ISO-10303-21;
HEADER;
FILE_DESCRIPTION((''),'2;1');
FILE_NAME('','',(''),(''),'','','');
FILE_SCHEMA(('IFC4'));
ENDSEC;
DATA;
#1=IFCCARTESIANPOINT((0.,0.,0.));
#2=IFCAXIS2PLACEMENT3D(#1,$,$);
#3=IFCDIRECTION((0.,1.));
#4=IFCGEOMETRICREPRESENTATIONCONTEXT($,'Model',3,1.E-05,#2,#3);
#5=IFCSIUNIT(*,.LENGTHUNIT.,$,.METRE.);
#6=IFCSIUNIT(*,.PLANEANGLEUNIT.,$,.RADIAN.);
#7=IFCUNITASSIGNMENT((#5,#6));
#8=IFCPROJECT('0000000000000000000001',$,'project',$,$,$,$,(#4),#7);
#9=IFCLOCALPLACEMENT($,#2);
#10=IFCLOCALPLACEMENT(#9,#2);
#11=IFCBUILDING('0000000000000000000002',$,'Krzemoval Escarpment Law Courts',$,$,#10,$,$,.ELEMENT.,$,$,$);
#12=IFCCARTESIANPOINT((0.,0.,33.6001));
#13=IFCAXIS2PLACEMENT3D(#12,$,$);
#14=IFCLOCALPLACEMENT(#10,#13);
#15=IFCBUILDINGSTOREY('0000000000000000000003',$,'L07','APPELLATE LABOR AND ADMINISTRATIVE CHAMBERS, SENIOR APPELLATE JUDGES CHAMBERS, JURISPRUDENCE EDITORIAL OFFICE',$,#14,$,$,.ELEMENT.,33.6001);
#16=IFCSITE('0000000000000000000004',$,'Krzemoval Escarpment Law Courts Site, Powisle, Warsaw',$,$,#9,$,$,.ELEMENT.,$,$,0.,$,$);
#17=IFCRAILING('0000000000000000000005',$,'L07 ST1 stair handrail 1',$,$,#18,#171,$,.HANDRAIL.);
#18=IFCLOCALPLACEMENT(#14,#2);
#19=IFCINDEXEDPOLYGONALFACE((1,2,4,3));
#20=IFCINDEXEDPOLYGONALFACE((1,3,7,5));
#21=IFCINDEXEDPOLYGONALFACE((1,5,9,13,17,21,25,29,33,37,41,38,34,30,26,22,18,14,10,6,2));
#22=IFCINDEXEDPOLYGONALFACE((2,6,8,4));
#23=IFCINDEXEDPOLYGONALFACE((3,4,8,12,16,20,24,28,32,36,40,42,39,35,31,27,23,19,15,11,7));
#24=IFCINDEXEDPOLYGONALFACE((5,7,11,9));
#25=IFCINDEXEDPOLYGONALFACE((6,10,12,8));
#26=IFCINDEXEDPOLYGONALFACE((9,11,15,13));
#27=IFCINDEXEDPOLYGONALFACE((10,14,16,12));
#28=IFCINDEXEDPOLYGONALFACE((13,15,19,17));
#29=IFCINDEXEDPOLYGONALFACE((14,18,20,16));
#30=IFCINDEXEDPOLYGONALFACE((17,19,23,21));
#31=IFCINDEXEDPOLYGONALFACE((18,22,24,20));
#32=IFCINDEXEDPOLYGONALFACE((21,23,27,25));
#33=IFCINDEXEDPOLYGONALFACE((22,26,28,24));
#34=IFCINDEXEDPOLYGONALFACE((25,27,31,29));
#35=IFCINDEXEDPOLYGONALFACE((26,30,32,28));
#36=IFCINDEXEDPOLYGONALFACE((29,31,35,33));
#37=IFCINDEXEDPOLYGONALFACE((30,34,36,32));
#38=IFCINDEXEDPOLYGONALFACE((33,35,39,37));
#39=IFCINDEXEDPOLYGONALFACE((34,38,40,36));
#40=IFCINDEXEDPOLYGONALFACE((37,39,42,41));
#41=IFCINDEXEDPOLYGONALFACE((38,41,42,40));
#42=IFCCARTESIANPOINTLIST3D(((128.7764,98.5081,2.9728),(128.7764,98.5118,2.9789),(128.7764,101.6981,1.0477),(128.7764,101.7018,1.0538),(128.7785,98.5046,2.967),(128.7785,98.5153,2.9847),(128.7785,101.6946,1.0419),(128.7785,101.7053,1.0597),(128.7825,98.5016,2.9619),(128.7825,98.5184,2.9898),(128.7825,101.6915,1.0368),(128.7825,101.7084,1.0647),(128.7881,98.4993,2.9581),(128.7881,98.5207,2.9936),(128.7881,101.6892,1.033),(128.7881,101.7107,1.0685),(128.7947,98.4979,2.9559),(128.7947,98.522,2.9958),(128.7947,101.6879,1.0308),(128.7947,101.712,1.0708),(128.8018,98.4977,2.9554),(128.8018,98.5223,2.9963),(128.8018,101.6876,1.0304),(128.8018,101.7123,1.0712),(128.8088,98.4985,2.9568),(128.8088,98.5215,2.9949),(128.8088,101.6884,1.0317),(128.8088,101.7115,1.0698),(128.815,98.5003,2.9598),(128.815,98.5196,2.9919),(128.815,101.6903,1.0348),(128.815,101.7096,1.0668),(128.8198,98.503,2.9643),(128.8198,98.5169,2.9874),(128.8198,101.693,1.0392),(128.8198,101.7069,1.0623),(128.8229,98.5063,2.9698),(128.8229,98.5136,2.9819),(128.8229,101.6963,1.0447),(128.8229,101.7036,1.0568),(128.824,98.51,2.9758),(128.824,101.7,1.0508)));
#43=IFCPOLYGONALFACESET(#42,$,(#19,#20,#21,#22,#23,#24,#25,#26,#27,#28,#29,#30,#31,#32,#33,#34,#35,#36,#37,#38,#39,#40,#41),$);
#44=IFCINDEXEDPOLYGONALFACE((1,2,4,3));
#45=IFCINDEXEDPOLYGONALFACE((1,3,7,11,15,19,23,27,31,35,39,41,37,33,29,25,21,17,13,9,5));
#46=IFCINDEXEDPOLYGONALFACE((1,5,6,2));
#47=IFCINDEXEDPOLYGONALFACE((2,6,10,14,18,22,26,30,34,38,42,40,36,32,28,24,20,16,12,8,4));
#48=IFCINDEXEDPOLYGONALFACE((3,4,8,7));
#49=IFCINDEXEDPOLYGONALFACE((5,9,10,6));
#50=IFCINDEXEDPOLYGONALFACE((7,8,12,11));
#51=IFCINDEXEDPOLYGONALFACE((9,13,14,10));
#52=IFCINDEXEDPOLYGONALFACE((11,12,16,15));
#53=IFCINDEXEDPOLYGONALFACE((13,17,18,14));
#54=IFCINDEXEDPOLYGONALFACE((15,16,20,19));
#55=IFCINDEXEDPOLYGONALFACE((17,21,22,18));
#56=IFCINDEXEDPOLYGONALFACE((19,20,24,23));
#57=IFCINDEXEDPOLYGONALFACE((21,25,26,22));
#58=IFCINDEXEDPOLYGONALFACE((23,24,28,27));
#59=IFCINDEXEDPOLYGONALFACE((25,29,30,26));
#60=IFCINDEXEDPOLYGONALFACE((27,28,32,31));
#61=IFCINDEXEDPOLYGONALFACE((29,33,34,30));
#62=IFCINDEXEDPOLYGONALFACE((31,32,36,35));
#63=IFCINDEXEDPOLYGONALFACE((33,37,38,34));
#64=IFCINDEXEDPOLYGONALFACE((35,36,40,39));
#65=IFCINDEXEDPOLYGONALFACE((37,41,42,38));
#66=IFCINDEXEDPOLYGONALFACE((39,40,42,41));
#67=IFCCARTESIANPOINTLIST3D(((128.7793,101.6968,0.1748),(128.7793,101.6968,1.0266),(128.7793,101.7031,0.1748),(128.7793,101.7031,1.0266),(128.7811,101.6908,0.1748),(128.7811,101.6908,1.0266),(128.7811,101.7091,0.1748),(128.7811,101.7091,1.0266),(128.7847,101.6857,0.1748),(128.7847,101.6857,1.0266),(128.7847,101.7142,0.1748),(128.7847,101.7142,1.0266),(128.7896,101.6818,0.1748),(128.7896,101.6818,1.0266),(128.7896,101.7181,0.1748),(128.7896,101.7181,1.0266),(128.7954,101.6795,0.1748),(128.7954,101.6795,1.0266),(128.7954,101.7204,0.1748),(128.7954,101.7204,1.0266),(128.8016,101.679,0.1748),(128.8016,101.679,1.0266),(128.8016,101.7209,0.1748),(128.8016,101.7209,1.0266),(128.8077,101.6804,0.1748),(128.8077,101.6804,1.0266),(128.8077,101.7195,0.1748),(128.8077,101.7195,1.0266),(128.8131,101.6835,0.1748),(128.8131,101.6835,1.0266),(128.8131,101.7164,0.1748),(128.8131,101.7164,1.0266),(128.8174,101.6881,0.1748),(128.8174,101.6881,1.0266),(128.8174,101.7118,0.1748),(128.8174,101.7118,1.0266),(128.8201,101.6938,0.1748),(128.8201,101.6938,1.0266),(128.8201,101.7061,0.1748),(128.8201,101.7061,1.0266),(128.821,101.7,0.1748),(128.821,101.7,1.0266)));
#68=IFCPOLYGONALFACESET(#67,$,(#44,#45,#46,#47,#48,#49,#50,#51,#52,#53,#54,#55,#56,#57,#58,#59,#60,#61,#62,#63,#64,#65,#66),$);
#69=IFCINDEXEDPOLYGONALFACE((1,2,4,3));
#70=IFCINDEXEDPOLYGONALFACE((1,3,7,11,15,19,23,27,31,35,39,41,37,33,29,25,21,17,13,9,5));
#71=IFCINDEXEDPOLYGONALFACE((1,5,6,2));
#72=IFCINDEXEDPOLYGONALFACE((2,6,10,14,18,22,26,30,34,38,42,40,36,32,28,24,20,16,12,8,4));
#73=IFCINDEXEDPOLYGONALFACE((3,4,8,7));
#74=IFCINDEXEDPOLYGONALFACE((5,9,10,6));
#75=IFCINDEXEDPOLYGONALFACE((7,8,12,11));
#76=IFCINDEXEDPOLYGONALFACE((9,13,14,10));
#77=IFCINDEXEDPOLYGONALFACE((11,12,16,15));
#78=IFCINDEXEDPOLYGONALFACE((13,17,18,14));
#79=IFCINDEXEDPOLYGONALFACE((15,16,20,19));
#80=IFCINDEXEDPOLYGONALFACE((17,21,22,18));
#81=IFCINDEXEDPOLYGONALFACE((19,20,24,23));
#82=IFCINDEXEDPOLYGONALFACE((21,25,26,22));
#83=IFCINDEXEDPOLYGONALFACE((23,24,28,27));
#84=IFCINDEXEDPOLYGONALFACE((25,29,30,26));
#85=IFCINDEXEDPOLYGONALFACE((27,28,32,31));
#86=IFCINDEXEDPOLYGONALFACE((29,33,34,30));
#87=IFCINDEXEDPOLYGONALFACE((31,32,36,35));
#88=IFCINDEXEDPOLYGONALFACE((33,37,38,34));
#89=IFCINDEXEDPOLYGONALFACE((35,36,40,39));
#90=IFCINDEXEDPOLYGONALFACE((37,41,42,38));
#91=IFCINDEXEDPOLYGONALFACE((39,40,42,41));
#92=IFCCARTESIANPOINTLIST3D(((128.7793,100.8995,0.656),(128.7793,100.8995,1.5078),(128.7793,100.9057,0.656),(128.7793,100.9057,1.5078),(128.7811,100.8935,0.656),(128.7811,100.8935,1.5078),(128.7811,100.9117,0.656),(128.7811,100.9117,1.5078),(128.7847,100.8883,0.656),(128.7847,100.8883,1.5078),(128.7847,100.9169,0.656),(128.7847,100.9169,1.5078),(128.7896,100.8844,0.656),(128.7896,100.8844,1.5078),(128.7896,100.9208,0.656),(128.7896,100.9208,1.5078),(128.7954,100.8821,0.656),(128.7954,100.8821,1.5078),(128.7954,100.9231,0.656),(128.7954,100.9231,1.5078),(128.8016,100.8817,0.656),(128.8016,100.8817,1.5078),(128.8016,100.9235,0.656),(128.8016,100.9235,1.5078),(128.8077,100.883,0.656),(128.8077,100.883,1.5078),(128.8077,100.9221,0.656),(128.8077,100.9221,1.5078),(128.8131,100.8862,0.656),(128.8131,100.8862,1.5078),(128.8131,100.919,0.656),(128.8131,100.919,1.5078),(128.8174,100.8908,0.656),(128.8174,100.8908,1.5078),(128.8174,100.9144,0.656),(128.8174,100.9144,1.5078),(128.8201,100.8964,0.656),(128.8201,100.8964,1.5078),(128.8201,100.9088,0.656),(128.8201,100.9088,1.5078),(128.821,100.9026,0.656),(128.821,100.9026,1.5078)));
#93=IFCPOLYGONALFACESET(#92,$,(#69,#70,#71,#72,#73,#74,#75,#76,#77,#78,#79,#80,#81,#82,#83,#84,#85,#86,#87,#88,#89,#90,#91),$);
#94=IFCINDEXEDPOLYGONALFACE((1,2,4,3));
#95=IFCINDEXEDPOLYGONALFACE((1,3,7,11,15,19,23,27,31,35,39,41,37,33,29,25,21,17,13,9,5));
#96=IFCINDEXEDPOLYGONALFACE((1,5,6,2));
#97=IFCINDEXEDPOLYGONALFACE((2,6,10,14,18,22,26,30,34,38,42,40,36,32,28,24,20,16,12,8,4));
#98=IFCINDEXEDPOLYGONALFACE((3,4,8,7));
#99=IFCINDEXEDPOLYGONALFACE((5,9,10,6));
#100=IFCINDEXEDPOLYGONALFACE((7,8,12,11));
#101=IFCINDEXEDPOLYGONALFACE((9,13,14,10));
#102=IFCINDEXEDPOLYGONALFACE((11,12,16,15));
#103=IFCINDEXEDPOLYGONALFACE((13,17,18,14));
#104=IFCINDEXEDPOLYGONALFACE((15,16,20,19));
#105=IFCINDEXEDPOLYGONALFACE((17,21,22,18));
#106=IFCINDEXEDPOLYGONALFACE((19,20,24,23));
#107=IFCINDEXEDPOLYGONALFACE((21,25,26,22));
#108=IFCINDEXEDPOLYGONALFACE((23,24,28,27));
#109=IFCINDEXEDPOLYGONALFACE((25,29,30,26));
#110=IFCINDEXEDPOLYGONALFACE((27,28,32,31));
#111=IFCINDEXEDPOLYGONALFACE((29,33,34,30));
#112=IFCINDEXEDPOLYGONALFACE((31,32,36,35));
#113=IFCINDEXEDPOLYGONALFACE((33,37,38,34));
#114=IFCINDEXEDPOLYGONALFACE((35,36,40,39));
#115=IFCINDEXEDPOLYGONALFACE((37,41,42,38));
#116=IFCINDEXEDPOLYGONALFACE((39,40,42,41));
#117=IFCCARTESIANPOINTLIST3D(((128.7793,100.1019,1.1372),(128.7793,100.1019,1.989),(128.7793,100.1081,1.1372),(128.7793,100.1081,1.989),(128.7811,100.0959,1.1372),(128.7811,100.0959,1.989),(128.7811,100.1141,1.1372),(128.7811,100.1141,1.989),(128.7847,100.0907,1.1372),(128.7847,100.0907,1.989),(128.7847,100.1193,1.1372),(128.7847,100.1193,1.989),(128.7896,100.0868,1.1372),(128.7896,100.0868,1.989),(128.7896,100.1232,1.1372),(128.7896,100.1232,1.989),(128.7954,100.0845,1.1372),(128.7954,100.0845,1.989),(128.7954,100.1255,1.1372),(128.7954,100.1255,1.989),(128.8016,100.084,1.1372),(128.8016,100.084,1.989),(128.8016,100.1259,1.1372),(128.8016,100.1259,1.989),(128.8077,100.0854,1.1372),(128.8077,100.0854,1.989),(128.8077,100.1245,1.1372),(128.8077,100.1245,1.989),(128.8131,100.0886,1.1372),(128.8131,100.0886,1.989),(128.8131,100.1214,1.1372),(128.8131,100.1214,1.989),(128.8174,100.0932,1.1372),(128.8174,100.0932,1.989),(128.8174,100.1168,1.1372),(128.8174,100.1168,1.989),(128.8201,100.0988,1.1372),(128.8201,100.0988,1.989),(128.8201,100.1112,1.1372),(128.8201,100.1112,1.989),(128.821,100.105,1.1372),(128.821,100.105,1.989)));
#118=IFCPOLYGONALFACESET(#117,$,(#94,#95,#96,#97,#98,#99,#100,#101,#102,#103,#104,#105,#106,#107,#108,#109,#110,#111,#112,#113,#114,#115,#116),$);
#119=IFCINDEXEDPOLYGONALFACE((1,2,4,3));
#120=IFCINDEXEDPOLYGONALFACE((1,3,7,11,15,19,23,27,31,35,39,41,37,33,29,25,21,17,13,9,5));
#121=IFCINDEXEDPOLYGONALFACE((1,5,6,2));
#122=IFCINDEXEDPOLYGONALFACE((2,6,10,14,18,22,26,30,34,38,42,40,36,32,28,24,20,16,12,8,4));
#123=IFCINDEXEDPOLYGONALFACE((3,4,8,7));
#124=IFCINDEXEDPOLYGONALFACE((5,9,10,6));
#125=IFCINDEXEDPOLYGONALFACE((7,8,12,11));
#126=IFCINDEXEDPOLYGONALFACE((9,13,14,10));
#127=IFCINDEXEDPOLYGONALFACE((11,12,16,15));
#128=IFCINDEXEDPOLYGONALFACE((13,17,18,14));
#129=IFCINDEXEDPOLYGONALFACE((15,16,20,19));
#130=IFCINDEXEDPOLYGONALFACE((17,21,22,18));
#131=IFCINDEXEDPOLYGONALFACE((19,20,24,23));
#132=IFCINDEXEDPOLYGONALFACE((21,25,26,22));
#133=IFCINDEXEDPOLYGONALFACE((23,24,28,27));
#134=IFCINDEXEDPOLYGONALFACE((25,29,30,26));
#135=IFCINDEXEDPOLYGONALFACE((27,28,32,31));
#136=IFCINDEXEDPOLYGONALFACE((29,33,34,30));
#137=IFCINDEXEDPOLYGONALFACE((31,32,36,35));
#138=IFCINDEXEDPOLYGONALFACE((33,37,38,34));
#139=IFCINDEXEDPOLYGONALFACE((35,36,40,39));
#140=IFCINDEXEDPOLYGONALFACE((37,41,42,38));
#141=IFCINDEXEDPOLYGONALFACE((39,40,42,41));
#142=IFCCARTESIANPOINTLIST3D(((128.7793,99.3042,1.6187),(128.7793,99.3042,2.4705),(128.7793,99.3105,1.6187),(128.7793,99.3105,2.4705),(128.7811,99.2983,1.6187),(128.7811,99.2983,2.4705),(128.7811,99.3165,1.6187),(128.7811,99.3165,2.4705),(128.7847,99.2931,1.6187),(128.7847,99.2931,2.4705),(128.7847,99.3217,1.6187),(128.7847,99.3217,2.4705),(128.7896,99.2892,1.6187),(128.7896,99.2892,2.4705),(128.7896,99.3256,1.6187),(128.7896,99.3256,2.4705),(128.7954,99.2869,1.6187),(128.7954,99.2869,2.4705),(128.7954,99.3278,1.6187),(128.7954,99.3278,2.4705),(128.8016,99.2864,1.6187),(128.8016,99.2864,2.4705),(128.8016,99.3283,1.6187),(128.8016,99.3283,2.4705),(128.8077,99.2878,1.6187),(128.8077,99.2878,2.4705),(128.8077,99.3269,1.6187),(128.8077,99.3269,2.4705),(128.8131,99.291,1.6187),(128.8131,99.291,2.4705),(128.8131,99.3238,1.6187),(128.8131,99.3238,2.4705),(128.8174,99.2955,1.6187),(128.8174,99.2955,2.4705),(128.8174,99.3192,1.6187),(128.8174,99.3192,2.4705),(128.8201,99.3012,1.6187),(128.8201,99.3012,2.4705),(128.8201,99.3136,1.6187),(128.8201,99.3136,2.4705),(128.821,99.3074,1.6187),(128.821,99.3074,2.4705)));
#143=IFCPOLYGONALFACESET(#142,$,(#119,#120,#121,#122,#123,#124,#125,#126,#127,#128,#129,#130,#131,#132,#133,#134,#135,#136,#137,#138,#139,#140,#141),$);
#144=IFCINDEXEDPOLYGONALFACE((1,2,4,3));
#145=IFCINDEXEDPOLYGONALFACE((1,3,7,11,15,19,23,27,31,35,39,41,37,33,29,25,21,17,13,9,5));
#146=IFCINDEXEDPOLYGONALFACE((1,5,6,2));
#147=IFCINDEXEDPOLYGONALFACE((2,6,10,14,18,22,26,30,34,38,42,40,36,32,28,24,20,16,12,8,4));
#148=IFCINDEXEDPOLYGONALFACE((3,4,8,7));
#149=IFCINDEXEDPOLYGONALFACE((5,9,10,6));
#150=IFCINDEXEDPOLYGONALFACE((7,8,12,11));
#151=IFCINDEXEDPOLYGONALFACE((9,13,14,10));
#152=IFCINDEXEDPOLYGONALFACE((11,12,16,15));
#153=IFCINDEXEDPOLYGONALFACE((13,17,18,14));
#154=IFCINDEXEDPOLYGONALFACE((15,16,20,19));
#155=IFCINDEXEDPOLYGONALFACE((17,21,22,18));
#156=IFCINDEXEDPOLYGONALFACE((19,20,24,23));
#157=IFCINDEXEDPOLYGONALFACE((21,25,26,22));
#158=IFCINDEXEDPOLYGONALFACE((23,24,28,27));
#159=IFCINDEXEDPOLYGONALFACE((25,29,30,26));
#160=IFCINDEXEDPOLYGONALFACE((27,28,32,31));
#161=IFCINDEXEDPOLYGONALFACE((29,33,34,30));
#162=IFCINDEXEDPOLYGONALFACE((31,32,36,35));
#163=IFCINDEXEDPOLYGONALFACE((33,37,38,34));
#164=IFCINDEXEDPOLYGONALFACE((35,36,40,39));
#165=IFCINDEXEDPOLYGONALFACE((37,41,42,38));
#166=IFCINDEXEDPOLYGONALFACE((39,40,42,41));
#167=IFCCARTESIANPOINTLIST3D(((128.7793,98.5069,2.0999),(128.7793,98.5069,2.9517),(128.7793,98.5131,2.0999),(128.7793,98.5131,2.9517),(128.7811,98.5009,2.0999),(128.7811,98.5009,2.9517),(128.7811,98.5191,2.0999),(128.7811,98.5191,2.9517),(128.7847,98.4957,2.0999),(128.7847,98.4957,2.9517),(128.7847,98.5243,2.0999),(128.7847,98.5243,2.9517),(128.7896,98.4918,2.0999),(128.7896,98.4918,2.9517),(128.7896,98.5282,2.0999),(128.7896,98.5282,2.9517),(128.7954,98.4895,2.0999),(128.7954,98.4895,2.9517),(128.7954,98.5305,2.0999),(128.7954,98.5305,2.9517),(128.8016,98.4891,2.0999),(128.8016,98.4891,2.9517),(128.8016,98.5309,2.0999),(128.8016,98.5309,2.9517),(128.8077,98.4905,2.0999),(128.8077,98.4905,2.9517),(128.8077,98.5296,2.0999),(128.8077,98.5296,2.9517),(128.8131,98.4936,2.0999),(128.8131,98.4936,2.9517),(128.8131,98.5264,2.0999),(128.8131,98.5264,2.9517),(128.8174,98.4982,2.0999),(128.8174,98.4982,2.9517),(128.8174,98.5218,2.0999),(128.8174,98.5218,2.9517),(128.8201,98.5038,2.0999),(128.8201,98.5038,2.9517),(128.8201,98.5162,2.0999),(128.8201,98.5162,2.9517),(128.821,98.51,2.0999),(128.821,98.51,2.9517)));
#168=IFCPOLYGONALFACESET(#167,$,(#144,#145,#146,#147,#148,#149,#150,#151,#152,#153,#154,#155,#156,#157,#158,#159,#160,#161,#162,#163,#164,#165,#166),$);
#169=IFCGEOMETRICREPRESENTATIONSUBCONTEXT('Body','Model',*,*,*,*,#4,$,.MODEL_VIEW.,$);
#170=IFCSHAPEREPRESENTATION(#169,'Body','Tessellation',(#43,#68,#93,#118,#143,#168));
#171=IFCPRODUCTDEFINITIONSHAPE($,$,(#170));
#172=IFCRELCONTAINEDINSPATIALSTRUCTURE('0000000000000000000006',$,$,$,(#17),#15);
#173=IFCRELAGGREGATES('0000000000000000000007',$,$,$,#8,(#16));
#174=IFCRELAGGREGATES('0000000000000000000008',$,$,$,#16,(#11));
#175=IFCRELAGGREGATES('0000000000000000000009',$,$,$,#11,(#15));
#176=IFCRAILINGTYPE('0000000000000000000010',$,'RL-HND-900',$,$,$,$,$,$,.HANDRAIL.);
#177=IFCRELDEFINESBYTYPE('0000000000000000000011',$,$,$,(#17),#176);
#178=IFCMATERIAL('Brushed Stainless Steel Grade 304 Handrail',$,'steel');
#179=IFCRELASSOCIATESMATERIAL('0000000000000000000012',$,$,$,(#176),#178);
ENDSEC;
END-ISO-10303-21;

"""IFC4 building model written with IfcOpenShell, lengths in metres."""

from ifc_helpers import new_model, si_unit, direction, frame, origin, origin_2d, place, context, subcontext, project, spatial, circle, extrude, material, type_object, element, save


model = new_model("IFC4")

# Units and contexts
model_context = context("Model", 3, precision=1e-05, world=origin(), true_north=direction((0.0, 1.0)))
body_context = subcontext(model_context, "Body", "Model", "MODEL_VIEW")
ifc_project = project(units=[si_unit("LENGTHUNIT", "METRE"), si_unit("PLANEANGLEUNIT", "RADIAN")], contexts=[model_context])

# Site, building, storey
site_placement = place(None, origin())
site = spatial("IfcSite", under=ifc_project, at=site_placement, Name="Krzemoval Escarpment Law Courts Site, Powisle, Warsaw", CompositionType="ELEMENT", RefElevation=0.0)
building_placement = place(site_placement, origin())
building = spatial("IfcBuilding", under=site, at=building_placement, Name="Krzemoval Escarpment Law Courts", CompositionType="ELEMENT")
storey_placement = place(building_placement, frame((0.0, 0.0, 33.6001)))
storey = spatial("IfcBuildingStorey", under=building, at=storey_placement, Name="L07", Description="APPELLATE LABOR AND ADMINISTRATIVE CHAMBERS, SENIOR APPELLATE JUDGES CHAMBERS, JURISPRUDENCE EDITORIAL OFFICE", CompositionType="ELEMENT", Elevation=33.6001)

# Railing
ifc_material_1 = material(Name="Brushed Stainless Steel Grade 304 Handrail", Category="steel")
railing_type_1 = type_object("IfcRailingType", Name="RL-HND-900", PredefinedType="HANDRAIL", material=ifc_material_1)
railing_1_placement = place(storey_placement, frame((128.8, 101.7, 0.1748)))
element("IfcRailing", 1, at=railing_1_placement, inside=storey, type_object=railing_type_1, Name="L07 ST1 stair handrail 1", PredefinedType="HANDRAIL", context=body_context, shape_type="SweptSolid", body=[
    extrude(circle(Radius=0.0239, at=origin_2d()), frame((0.0, 0.0, 0.876), z_axis=(0.0, -0.856178, 0.516682), x_axis=(1.0, 0.0, 0.0)), (0.0, 0.0, 1.0), 3.7258),
    extrude(circle(Radius=0.021, at=origin_2d()), origin(), (0.0, 0.0, 1.0), 0.8518),
    extrude(circle(Radius=0.021, at=origin_2d()), frame((0.0, -0.7974, 0.4812)), (0.0, 0.0, 1.0), 0.8518),
    extrude(circle(Radius=0.021, at=origin_2d()), frame((0.0, -1.595, 0.9624)), (0.0, 0.0, 1.0), 0.8518),
    extrude(circle(Radius=0.021, at=origin_2d()), frame((0.0, -2.3926, 1.4438)), (0.0, 0.0, 1.0), 0.8518),
    extrude(circle(Radius=0.021, at=origin_2d()), frame((0.0, -3.1899, 1.925)), (0.0, 0.0, 1.0), 0.8518),
])

save(model, "model.ifc")
